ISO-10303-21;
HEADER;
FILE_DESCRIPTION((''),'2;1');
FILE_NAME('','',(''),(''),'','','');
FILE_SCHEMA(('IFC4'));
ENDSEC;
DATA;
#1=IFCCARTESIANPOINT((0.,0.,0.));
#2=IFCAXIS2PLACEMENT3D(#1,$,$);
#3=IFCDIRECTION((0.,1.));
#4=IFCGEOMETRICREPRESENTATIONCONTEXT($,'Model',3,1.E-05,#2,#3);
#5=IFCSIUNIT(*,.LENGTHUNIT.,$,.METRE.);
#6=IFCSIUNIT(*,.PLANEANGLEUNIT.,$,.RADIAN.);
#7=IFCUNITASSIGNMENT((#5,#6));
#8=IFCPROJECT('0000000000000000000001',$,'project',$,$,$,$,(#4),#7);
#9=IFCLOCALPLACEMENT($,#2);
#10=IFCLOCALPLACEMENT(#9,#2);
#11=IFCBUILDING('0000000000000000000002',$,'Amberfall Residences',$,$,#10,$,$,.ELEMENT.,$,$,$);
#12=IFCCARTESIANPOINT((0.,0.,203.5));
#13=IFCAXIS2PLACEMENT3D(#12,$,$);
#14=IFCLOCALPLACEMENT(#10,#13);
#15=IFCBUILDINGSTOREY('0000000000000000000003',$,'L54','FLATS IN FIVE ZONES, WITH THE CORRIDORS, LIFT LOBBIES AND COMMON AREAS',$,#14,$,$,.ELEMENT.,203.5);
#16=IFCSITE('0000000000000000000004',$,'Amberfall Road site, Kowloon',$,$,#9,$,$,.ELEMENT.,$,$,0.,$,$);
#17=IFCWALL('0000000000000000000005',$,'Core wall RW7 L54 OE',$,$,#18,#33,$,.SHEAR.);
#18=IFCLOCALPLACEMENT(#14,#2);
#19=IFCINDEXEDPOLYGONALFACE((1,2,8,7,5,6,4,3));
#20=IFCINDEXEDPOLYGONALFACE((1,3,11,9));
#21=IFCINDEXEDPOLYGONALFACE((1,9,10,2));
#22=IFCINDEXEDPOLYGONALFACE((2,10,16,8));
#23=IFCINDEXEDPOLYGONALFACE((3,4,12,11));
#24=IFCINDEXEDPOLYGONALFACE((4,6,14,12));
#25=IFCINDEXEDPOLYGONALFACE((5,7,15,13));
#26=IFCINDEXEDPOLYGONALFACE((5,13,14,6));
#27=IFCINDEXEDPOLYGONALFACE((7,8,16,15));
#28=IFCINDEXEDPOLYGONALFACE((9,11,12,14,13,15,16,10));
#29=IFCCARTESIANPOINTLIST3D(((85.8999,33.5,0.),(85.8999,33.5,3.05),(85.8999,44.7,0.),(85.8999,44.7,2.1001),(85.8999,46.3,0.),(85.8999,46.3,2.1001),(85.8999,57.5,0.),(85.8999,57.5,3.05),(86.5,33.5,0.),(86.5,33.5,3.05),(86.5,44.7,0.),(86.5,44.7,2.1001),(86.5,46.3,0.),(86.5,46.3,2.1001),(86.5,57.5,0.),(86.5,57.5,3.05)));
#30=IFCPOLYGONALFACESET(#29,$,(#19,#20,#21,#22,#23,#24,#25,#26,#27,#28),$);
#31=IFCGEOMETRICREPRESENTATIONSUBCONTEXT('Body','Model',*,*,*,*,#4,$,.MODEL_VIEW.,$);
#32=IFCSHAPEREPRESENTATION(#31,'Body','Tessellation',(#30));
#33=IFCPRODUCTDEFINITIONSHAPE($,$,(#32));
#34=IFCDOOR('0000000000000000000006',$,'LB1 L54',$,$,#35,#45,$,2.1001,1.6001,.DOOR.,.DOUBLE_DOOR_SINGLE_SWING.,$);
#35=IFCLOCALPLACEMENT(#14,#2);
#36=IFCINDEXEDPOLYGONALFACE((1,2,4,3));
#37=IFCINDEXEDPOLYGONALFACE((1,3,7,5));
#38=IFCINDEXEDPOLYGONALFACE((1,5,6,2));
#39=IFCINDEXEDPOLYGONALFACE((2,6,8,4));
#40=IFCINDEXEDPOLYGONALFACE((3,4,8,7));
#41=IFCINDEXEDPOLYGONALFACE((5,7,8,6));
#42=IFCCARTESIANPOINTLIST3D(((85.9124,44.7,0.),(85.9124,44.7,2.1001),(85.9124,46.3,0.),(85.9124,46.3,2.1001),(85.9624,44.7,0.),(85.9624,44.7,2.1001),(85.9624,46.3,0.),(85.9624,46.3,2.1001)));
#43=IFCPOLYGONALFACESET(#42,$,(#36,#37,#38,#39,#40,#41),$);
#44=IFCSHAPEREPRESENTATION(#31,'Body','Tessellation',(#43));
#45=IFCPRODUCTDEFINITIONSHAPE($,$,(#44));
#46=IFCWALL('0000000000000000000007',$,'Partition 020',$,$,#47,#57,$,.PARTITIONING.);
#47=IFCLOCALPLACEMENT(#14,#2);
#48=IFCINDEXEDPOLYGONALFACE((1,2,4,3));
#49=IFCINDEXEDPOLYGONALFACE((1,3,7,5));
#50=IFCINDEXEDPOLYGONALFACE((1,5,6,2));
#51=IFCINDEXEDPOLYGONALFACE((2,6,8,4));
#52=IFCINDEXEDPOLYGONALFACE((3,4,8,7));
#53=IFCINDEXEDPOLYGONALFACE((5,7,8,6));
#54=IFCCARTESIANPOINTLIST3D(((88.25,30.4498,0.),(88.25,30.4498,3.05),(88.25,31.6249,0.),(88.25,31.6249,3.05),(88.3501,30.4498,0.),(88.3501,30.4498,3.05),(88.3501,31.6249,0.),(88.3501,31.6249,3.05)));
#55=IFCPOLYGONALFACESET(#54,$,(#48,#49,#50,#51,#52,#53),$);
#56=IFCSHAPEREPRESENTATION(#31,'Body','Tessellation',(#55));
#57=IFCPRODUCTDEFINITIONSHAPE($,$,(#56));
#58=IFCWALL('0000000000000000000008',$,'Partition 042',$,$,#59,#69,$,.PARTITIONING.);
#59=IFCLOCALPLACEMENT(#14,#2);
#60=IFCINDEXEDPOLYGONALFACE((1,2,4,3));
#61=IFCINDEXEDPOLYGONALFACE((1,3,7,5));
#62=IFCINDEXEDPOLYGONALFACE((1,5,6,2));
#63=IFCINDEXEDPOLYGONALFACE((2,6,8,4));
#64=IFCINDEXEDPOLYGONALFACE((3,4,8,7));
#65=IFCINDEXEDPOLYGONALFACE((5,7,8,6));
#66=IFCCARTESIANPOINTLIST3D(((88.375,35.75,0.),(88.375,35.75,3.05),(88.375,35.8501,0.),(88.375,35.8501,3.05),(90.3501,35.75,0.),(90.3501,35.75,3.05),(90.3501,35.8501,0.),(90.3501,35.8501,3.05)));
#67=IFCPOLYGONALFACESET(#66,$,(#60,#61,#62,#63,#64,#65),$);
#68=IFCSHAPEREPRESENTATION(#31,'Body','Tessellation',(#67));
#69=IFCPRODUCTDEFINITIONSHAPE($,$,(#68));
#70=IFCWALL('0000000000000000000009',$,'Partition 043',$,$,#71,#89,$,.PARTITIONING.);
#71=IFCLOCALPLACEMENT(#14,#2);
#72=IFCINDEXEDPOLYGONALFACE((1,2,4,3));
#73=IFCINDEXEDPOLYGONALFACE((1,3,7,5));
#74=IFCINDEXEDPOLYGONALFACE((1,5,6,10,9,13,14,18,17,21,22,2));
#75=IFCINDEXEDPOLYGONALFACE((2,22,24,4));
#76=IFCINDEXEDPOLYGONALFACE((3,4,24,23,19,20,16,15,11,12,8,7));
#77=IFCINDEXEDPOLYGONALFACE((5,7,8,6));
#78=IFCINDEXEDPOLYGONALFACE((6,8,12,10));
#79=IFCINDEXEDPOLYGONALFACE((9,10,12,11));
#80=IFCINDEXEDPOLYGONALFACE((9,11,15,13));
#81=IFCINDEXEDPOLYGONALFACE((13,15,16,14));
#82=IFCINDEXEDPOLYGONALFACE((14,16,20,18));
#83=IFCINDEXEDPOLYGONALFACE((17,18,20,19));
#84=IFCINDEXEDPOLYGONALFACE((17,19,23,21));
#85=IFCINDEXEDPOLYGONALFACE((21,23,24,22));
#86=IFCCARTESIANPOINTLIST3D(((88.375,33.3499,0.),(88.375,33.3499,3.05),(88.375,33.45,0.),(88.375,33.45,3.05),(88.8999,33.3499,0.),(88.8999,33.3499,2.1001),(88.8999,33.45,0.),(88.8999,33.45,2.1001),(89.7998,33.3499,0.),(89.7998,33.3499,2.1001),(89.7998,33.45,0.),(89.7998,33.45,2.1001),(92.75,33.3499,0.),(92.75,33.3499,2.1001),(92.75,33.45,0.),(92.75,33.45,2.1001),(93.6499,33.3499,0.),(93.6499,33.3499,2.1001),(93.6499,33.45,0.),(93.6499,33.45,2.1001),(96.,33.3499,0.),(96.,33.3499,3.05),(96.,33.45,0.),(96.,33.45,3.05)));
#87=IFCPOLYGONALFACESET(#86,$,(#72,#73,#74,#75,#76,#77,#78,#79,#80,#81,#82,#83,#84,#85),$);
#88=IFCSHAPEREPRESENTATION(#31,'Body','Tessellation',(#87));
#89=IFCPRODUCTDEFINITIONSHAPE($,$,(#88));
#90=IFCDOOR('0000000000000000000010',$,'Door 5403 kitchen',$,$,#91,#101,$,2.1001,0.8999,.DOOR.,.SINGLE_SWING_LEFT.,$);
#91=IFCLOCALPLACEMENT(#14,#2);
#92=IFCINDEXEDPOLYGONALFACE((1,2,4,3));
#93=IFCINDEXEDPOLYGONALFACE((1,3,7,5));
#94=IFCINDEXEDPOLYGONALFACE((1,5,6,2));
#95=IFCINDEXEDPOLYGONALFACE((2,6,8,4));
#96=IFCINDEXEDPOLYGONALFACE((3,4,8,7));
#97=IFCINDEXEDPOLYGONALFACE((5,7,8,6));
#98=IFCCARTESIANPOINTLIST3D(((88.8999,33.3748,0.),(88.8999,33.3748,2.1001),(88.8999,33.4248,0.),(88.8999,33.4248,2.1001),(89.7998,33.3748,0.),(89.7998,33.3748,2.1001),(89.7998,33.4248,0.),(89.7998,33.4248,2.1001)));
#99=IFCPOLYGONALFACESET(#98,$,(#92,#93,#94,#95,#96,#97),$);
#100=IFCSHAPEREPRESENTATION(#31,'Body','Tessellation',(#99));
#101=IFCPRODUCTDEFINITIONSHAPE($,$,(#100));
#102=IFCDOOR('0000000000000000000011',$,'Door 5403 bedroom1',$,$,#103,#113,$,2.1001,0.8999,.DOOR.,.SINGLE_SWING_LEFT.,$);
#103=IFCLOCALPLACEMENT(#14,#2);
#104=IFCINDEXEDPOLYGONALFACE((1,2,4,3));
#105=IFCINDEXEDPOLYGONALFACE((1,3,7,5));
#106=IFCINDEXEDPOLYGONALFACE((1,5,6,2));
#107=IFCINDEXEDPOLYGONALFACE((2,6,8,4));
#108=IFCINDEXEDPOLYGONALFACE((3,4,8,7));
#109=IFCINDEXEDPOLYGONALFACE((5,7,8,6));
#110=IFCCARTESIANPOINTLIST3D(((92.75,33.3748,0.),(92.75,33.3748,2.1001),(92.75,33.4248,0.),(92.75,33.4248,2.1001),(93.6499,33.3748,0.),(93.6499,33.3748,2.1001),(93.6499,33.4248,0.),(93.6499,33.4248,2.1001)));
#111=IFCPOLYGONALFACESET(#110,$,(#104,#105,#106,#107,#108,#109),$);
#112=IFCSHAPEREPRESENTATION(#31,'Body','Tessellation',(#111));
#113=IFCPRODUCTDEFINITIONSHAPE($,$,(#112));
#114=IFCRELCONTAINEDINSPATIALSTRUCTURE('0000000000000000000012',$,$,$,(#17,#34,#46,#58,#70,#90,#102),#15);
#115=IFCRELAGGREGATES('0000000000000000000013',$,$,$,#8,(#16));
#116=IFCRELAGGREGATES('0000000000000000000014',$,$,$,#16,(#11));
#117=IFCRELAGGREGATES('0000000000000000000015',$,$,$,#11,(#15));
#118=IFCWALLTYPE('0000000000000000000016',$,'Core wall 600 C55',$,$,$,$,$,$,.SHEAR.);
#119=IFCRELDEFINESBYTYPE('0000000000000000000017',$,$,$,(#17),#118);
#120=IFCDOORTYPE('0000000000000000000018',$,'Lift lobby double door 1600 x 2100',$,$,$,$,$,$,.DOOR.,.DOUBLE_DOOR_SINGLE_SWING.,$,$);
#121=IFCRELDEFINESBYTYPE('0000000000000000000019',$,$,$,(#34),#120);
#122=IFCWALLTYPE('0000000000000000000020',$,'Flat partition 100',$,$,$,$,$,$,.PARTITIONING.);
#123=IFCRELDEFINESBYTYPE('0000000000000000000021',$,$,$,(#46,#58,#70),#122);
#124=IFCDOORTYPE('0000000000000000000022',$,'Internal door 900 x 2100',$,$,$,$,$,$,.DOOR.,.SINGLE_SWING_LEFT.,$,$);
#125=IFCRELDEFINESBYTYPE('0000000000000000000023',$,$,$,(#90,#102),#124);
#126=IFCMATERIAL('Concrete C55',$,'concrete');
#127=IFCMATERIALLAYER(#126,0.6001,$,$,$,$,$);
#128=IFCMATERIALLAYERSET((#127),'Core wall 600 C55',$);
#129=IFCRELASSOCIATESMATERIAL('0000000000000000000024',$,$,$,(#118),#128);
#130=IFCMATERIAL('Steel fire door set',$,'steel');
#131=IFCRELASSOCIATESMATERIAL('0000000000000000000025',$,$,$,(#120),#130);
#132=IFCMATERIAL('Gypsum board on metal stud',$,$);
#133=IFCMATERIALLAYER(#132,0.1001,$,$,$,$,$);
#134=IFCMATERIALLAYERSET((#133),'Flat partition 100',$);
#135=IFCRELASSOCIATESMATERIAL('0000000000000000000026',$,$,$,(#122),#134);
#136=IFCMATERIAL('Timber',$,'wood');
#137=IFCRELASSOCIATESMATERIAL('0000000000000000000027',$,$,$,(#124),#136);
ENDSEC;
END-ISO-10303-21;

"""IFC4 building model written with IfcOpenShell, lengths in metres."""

from ifc_helpers import new_model, si_unit, direction, frame, frame_2d, origin, place, context, subcontext, project, spatial, rectangle, extrude, material, layer, layer_set, type_object, element, fill, save


model = new_model("IFC4")

# Units and contexts
model_context = context("Model", 3, precision=1e-05, world=origin(), true_north=direction((0.0, 1.0)))
body_context = subcontext(model_context, "Body", "Model", "MODEL_VIEW")
ifc_project = project(units=[si_unit("LENGTHUNIT", "METRE"), si_unit("PLANEANGLEUNIT", "RADIAN")], contexts=[model_context])

# Site, building, storey
site_placement = place(None, origin())
site = spatial("IfcSite", under=ifc_project, at=site_placement, Name="Amberfall Road site, Kowloon", CompositionType="ELEMENT", RefElevation=0.0)
building_placement = place(site_placement, origin())
building = spatial("IfcBuilding", under=site, at=building_placement, Name="Amberfall Residences", CompositionType="ELEMENT")
storey_placement = place(building_placement, frame((0.0, 0.0, 203.5)))
storey = spatial("IfcBuildingStorey", under=building, at=storey_placement, Name="L54", Description="FLATS IN FIVE ZONES, WITH THE CORRIDORS, LIFT LOBBIES AND COMMON AREAS", CompositionType="ELEMENT", Elevation=203.5)

# Wall, opening, door
ifc_material_1 = material(Name="Concrete C55", Category="concrete")
ifc_layer_1 = layer(ifc_material_1, 0.6001)
ifc_layer_set_1 = layer_set([ifc_layer_1], Name="Core wall 600 C55")
wall_type_1 = type_object("IfcWallType", Name="Core wall 600 C55", PredefinedType="SHEAR", material=ifc_layer_set_1)
wall_1_placement = place(storey_placement, frame((86.2, 33.5, 0.0), z_axis=(0.0, 0.0, 1.0), x_axis=(0.0, 1.0, 0.0)))
wall_1 = element("IfcWall", 1, at=wall_1_placement, inside=storey, type_object=wall_type_1, Name="Core wall RW7 L54 OE", PredefinedType="SHEAR", context=body_context, shape_type="SweptSolid", body=[
    extrude(rectangle(XDim=24.0, YDim=0.6001, at=frame_2d((12.0, 0.0))), origin(), (0.0, 0.0, 1.0), 3.05),
])
opening_1_placement = place(wall_1_placement, frame((11.2, 0.0, 0.0)))
opening_1 = element("IfcOpeningElement", 2, at=opening_1_placement, cuts=wall_1, PredefinedType="OPENING", context=body_context, shape_type="SweptSolid", body=[
    extrude(rectangle(XDim=1.6001, YDim=2.1001, at=frame_2d((0.8, 1.05))), frame((0.0, 0.3101, 0.0), z_axis=(0.0, -1.0, 0.0), x_axis=(1.0, 0.0, 0.0)), (0.0, 0.0, 1.0), 0.6201),
])
ifc_material_2 = material(Name="Steel fire door set", Category="steel")
door_type_1 = type_object("IfcDoorType", Name="Lift lobby double door 1600 x 2100", OperationType="DOUBLE_DOOR_SINGLE_SWING", PredefinedType="DOOR", material=ifc_material_2)
door_1_placement = place(opening_1_placement, origin())
door_1 = element("IfcDoor", 3, at=door_1_placement, inside=storey, type_object=door_type_1, Name="LB1 L54", OperationType="DOUBLE_DOOR_SINGLE_SWING", OverallHeight=2.1001, OverallWidth=1.6001, PredefinedType="DOOR", context=body_context, shape_type="SweptSolid", body=[
    extrude(rectangle(XDim=1.6001, YDim=2.1001, at=frame_2d((0.8, 1.05))), frame((0.0, 0.2876, 0.0), z_axis=(0.0, -1.0, 0.0), x_axis=(1.0, 0.0, 0.0)), (0.0, 0.0, 1.0), 0.05),
])
fill(opening_1, door_1)

# Walls
ifc_material_3 = material(Name="Gypsum board on metal stud")
ifc_layer_2 = layer(ifc_material_3, 0.1001)
ifc_layer_set_2 = layer_set([ifc_layer_2], Name="Flat partition 100")
wall_type_2 = type_object("IfcWallType", Name="Flat partition 100", PredefinedType="PARTITIONING", material=ifc_layer_set_2)
wall_2_placement = place(storey_placement, frame((88.3, 30.45, 0.0), z_axis=(0.0, 0.0, 1.0), x_axis=(0.0, 1.0, 0.0)))
element("IfcWall", 4, at=wall_2_placement, inside=storey, type_object=wall_type_2, Name="Partition 020", PredefinedType="PARTITIONING", context=body_context, shape_type="SweptSolid", body=[
    extrude(rectangle(XDim=1.175, YDim=0.1001, at=frame_2d((0.5874, 0.0))), origin(), (0.0, 0.0, 1.0), 3.05),
])
wall_3_placement = place(storey_placement, frame((88.375, 35.8, 0.0), z_axis=(0.0, 0.0, 1.0), x_axis=(1.0, 0.0, 0.0)))
element("IfcWall", 5, at=wall_3_placement, inside=storey, type_object=wall_type_2, Name="Partition 042", PredefinedType="PARTITIONING", context=body_context, shape_type="SweptSolid", body=[
    extrude(rectangle(XDim=1.9751, YDim=0.1001, at=frame_2d((0.9875, 0.0))), origin(), (0.0, 0.0, 1.0), 3.05),
])

# Wall, openings, doors
wall_4_placement = place(storey_placement, frame((88.375, 33.3999, 0.0), z_axis=(0.0, 0.0, 1.0), x_axis=(1.0, 0.0, 0.0)))
wall_4 = element("IfcWall", 6, at=wall_4_placement, inside=storey, type_object=wall_type_2, Name="Partition 043", PredefinedType="PARTITIONING", context=body_context, shape_type="SweptSolid", body=[
    extrude(rectangle(XDim=7.625, YDim=0.1001, at=frame_2d((3.8125, 0.0))), origin(), (0.0, 0.0, 1.0), 3.05),
])
opening_2_placement = place(wall_4_placement, frame((0.5249, 0.0, 0.0)))
opening_2 = element("IfcOpeningElement", 7, at=opening_2_placement, cuts=wall_4, PredefinedType="OPENING", context=body_context, shape_type="SweptSolid", body=[
    extrude(rectangle(XDim=0.8999, YDim=2.1001, at=frame_2d((0.45, 1.05))), frame((0.0, 0.0601, 0.0), z_axis=(0.0, -1.0, 0.0), x_axis=(1.0, 0.0, 0.0)), (0.0, 0.0, 1.0), 0.1201),
])
opening_3_placement = place(wall_4_placement, frame((4.375, 0.0, 0.0)))
opening_3 = element("IfcOpeningElement", 8, at=opening_3_placement, cuts=wall_4, PredefinedType="OPENING", context=body_context, shape_type="SweptSolid", body=[
    extrude(rectangle(XDim=0.8999, YDim=2.1001, at=frame_2d((0.45, 1.05))), frame((0.0, 0.0601, 0.0), z_axis=(0.0, -1.0, 0.0), x_axis=(1.0, 0.0, 0.0)), (0.0, 0.0, 1.0), 0.1201),
])
ifc_material_4 = material(Name="Timber", Category="wood")
door_type_2 = type_object("IfcDoorType", Name="Internal door 900 x 2100", OperationType="SINGLE_SWING_LEFT", PredefinedType="DOOR", material=ifc_material_4)
door_2_placement = place(opening_2_placement, origin())
door_2 = element("IfcDoor", 9, at=door_2_placement, inside=storey, type_object=door_type_2, Name="Door 5403 kitchen", OperationType="SINGLE_SWING_LEFT", OverallHeight=2.1001, OverallWidth=0.8999, PredefinedType="DOOR", context=body_context, shape_type="SweptSolid", body=[
    extrude(rectangle(XDim=0.8999, YDim=2.1001, at=frame_2d((0.45, 1.05))), frame((0.0, 0.0249, 0.0), z_axis=(0.0, -1.0, 0.0), x_axis=(1.0, 0.0, 0.0)), (0.0, 0.0, 1.0), 0.05),
])
fill(opening_2, door_2)
door_3_placement = place(opening_3_placement, origin())
door_3 = element("IfcDoor", 10, at=door_3_placement, inside=storey, type_object=door_type_2, Name="Door 5403 bedroom1", OperationType="SINGLE_SWING_LEFT", OverallHeight=2.1001, OverallWidth=0.8999, PredefinedType="DOOR", context=body_context, shape_type="SweptSolid", body=[
    extrude(rectangle(XDim=0.8999, YDim=2.1001, at=frame_2d((0.45, 1.05))), frame((0.0, 0.0249, 0.0), z_axis=(0.0, -1.0, 0.0), x_axis=(1.0, 0.0, 0.0)), (0.0, 0.0, 1.0), 0.05),
])
fill(opening_3, door_3)

save(model, "model.ifc")
